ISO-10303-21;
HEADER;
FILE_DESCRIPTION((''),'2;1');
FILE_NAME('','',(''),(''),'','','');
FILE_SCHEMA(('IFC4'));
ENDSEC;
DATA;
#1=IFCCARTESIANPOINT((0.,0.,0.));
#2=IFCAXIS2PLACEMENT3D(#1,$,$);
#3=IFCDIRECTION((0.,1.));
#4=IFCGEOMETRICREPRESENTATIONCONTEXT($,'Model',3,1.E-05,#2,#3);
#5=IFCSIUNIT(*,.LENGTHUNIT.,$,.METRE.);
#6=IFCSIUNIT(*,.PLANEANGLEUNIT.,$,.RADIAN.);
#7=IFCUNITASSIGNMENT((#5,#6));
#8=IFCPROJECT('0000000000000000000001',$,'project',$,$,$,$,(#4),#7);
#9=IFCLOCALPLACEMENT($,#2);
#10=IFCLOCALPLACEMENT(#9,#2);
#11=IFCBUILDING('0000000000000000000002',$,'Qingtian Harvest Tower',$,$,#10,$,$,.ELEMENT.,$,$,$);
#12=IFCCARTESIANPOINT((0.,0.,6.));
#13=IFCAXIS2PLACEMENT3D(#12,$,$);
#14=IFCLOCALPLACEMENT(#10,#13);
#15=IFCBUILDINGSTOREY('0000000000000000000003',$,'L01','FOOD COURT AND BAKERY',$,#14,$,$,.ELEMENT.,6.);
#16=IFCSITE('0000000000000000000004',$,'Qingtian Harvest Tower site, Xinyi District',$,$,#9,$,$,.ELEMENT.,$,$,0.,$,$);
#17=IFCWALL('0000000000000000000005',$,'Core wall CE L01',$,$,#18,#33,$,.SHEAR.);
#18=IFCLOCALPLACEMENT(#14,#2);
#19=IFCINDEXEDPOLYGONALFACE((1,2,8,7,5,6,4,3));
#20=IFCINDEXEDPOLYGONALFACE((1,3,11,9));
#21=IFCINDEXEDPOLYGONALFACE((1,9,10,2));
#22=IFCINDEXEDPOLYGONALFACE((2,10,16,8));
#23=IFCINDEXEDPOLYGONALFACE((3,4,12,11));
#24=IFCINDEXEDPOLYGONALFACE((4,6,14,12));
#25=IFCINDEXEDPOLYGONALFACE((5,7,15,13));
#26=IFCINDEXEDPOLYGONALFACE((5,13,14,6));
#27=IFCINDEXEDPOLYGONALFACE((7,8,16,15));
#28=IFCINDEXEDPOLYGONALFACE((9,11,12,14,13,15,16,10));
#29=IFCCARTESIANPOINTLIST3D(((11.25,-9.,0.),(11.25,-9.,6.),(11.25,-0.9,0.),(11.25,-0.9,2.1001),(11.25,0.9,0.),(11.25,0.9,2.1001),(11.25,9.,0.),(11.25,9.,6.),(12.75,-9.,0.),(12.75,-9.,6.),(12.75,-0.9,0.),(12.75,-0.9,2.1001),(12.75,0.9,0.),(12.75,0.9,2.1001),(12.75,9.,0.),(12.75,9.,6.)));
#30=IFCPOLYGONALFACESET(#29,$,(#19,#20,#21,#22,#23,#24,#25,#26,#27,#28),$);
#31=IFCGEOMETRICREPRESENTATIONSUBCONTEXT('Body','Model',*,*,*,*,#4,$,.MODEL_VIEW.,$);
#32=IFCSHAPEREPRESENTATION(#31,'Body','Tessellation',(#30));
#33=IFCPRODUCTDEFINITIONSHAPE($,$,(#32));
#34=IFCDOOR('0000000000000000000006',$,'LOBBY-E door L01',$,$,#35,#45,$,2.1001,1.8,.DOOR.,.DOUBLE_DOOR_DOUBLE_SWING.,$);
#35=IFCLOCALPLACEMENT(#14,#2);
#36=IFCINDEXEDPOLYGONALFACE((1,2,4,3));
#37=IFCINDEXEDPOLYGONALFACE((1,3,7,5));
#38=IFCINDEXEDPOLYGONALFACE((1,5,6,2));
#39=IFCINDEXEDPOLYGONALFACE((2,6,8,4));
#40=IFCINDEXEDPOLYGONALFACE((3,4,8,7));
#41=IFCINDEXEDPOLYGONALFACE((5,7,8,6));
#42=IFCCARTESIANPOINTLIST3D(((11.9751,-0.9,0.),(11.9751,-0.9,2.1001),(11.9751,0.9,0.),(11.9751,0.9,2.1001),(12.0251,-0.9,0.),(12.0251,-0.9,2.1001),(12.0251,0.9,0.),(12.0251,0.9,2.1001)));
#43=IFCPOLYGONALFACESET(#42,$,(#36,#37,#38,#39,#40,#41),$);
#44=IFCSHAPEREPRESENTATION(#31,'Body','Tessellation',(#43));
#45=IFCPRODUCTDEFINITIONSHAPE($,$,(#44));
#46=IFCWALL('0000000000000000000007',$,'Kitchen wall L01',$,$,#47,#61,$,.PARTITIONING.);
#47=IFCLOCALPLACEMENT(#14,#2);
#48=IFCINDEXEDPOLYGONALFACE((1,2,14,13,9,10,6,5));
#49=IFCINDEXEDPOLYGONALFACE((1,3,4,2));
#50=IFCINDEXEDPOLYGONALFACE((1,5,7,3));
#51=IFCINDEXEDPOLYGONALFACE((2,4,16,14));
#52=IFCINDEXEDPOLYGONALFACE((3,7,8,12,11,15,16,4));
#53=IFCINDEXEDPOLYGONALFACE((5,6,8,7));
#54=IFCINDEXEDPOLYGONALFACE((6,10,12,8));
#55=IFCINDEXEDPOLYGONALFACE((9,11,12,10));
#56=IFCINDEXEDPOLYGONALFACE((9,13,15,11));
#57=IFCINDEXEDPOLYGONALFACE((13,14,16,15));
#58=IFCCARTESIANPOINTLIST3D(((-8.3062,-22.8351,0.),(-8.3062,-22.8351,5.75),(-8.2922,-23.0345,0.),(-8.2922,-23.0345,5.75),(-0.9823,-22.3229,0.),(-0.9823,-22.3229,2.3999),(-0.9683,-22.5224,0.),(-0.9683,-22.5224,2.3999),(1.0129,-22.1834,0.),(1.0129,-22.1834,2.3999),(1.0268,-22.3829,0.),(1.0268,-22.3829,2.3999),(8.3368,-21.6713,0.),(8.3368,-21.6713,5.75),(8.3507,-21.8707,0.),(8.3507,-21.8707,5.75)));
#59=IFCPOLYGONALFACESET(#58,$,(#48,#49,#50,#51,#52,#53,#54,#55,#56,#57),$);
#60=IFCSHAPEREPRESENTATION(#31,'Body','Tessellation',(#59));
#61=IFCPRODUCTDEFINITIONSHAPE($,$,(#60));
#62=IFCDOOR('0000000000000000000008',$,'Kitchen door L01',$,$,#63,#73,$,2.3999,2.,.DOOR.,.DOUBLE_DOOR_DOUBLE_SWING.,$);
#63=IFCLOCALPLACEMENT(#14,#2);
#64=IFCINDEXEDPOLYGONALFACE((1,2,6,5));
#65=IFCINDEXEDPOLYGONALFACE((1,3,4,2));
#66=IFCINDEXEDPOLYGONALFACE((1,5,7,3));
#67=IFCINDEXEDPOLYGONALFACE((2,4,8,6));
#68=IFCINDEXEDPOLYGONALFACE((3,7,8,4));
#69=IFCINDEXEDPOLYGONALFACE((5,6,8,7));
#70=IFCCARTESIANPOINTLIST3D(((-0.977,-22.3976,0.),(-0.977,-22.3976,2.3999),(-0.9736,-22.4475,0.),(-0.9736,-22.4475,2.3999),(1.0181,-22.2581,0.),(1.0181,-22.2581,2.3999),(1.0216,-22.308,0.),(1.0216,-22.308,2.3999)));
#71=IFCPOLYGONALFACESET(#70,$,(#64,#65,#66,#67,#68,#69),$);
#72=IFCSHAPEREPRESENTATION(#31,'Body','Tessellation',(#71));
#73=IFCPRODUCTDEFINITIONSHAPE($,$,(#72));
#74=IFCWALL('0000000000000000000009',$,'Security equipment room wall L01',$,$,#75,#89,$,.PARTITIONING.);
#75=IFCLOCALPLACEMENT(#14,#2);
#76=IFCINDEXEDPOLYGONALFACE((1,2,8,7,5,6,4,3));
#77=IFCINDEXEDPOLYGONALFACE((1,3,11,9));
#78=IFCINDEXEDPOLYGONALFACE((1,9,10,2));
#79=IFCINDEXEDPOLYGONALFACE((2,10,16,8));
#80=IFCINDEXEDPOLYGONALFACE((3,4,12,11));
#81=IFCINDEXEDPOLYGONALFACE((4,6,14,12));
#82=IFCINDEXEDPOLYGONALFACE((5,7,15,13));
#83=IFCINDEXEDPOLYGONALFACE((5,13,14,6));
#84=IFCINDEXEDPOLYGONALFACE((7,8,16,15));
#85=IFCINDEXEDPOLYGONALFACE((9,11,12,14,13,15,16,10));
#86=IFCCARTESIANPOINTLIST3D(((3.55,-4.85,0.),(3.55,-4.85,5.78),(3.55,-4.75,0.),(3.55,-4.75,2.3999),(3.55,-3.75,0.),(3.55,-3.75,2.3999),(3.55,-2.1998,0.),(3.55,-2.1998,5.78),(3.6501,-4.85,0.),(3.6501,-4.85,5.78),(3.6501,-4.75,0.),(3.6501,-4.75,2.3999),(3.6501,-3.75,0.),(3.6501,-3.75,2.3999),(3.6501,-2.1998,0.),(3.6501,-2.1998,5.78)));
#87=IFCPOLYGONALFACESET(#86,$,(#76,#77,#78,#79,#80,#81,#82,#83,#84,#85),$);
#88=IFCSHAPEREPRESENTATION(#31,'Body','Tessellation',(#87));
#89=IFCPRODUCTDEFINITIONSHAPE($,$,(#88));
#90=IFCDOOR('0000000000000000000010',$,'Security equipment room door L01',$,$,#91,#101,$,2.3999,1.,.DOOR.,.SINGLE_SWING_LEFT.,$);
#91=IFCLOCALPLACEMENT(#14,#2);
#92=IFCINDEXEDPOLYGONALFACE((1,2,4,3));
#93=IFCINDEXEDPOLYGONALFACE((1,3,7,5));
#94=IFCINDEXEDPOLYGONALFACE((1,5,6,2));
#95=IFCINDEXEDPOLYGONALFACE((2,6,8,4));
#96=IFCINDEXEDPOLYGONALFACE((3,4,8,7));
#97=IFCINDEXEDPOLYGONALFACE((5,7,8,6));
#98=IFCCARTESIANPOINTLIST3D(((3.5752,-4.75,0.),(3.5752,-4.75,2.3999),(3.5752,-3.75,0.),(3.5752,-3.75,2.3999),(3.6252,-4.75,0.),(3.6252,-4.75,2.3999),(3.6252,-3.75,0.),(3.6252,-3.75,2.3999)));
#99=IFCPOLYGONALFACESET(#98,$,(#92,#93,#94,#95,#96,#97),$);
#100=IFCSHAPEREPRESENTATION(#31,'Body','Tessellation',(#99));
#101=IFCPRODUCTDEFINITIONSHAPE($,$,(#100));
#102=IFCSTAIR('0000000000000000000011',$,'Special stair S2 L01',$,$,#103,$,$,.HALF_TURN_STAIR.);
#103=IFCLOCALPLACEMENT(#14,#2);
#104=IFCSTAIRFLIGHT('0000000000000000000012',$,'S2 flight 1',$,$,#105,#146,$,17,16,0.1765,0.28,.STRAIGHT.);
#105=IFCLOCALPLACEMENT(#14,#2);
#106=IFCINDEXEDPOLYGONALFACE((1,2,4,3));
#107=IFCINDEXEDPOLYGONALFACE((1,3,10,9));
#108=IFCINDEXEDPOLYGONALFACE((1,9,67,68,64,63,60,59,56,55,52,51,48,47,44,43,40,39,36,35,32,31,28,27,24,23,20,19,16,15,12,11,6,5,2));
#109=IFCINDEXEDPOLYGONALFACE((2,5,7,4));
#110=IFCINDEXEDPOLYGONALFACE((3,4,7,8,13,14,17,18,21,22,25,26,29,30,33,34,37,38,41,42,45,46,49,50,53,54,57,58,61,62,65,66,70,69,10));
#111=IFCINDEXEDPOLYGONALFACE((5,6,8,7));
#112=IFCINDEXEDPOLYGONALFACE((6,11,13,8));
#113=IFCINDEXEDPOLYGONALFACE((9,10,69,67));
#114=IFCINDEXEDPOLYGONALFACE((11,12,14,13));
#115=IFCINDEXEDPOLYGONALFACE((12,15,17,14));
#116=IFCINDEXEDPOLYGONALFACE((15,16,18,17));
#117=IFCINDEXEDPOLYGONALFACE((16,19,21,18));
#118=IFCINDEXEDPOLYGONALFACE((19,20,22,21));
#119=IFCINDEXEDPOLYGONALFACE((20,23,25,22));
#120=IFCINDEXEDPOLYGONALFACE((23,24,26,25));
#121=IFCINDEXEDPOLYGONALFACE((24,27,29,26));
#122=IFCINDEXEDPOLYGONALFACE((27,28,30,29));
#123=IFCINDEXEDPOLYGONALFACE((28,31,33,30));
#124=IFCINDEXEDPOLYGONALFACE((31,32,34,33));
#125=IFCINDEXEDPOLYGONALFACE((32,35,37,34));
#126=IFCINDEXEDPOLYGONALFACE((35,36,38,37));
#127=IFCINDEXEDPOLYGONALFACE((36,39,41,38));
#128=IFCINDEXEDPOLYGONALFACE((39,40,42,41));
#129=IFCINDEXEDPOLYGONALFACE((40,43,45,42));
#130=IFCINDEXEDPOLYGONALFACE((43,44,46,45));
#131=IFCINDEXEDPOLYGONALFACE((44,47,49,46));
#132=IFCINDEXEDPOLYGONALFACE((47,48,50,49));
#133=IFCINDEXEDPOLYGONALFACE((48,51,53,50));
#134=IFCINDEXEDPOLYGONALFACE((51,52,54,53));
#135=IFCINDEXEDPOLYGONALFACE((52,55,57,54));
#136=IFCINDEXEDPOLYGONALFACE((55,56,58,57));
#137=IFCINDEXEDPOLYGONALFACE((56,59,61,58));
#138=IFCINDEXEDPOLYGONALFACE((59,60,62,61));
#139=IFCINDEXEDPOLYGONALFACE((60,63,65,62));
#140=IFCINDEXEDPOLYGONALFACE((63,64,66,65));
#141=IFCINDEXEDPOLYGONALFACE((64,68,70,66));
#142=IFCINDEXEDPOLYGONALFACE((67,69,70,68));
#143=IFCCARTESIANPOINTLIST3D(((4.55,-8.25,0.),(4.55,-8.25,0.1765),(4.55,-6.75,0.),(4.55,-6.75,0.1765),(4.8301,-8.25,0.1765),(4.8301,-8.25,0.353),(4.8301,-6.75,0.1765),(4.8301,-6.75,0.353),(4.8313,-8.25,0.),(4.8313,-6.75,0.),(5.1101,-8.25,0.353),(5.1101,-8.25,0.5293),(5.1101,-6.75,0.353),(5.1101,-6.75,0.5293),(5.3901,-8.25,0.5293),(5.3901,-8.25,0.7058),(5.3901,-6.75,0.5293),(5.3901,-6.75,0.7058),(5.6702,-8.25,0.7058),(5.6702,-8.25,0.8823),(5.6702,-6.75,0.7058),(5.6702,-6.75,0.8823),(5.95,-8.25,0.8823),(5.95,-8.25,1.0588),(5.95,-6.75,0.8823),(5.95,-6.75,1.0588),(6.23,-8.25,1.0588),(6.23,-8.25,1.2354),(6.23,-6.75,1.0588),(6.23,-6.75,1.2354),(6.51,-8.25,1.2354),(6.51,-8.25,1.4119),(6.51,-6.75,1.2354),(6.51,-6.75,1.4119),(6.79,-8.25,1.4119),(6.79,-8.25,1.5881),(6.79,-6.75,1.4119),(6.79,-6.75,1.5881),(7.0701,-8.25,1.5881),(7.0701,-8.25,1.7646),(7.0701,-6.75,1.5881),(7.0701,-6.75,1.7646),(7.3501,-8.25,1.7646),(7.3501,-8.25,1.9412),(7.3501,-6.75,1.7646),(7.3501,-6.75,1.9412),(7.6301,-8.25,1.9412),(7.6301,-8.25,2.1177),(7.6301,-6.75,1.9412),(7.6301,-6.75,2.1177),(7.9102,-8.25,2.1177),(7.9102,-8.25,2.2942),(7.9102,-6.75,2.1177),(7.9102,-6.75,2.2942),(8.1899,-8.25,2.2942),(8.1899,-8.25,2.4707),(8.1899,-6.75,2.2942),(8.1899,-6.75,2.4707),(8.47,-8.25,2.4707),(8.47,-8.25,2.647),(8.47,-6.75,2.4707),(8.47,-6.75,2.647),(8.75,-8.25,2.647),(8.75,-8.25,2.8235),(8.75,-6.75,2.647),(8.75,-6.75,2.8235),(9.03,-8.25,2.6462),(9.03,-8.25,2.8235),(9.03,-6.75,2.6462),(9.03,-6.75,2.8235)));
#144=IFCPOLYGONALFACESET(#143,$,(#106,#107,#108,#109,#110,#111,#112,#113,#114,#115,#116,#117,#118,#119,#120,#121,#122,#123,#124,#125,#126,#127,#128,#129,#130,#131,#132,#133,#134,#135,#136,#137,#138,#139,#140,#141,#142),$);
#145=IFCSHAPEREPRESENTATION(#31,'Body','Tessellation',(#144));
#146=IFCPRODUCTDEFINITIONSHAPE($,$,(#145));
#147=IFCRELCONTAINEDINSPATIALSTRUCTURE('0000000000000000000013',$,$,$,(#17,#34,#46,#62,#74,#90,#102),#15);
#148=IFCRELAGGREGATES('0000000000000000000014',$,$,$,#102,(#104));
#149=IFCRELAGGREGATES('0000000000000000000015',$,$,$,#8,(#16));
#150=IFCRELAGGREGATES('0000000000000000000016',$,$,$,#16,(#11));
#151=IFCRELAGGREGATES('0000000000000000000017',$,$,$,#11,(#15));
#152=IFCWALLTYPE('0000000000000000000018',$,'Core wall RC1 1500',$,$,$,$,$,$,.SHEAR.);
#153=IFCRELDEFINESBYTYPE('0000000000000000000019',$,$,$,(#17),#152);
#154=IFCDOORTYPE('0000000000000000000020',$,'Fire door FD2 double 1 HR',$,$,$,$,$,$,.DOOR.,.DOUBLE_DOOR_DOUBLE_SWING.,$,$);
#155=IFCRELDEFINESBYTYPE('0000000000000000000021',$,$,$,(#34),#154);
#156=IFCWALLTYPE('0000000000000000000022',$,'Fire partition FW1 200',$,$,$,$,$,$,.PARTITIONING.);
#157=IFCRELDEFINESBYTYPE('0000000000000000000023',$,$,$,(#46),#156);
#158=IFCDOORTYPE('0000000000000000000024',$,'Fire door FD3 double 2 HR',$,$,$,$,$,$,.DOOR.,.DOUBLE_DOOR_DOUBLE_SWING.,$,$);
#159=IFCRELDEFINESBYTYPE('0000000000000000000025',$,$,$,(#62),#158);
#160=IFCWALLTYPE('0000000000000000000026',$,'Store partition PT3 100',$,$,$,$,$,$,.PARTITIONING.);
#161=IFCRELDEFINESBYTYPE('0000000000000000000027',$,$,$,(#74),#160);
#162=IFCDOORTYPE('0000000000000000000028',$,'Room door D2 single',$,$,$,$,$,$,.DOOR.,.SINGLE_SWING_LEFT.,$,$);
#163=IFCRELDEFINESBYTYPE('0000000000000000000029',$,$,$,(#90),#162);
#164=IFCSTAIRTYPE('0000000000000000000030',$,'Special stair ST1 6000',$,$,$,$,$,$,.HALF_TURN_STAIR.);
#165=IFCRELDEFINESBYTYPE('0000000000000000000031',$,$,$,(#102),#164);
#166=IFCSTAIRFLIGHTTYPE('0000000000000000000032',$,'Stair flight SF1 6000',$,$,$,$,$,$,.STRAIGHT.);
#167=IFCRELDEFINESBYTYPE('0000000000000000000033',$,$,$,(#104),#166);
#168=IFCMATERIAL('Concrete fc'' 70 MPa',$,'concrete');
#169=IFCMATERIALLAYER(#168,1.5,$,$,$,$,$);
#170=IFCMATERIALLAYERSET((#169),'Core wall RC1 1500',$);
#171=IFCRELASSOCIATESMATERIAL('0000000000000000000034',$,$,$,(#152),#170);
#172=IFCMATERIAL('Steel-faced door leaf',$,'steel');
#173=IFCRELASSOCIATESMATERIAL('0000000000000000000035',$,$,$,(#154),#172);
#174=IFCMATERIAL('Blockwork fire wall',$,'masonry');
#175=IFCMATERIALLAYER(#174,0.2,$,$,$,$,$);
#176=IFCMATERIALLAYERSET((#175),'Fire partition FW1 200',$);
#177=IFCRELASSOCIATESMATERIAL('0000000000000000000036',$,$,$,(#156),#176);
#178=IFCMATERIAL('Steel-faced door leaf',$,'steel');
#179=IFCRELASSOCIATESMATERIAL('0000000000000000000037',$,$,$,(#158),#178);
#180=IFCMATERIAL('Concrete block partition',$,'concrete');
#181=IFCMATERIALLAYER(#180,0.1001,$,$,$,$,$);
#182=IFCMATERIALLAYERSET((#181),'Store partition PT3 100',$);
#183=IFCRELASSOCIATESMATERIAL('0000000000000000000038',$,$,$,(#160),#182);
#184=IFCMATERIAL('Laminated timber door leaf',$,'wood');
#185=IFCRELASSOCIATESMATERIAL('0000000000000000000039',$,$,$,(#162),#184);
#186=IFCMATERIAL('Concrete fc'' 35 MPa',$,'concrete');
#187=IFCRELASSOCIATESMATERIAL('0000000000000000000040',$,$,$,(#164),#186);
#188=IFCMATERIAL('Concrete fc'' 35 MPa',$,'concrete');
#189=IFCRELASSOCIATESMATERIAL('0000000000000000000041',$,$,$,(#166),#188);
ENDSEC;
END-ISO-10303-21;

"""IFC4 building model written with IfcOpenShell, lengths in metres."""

from ifc_helpers import new_model, si_unit, direction, frame, frame_2d, origin, place, context, subcontext, project, spatial, polyline, rectangle, outline, extrude, material, layer, layer_set, type_object, element, fill, aggregate, save


model = new_model("IFC4")

# Units and contexts
model_context = context("Model", 3, precision=1e-05, world=origin(), true_north=direction((0.0, 1.0)))
body_context = subcontext(model_context, "Body", "Model", "MODEL_VIEW")
ifc_project = project(units=[si_unit("LENGTHUNIT", "METRE"), si_unit("PLANEANGLEUNIT", "RADIAN")], contexts=[model_context])

# Site, building, storey
site_placement = place(None, origin())
site = spatial("IfcSite", under=ifc_project, at=site_placement, Name="Qingtian Harvest Tower site, Xinyi District", CompositionType="ELEMENT", RefElevation=0.0)
building_placement = place(site_placement, origin())
building = spatial("IfcBuilding", under=site, at=building_placement, Name="Qingtian Harvest Tower", CompositionType="ELEMENT")
storey_placement = place(building_placement, frame((0.0, 0.0, 6.0)))
storey = spatial("IfcBuildingStorey", under=building, at=storey_placement, Name="L01", Description="FOOD COURT AND BAKERY", CompositionType="ELEMENT", Elevation=6.0)

# Walls, openings, doors
ifc_material_1 = material(Name="Concrete fc' 70 MPa", Category="concrete")
ifc_layer_1 = layer(ifc_material_1, 1.5)
ifc_layer_set_1 = layer_set([ifc_layer_1], Name="Core wall RC1 1500")
wall_type_1 = type_object("IfcWallType", Name="Core wall RC1 1500", PredefinedType="SHEAR", material=ifc_layer_set_1)
wall_1_placement = place(storey_placement, frame((12.0, -9.0, 0.0), z_axis=(0.0, 0.0, 1.0), x_axis=(0.0, 1.0, 0.0)))
wall_1 = element("IfcWall", 1, at=wall_1_placement, inside=storey, type_object=wall_type_1, Name="Core wall CE L01", PredefinedType="SHEAR", context=body_context, shape_type="SweptSolid", body=[
    extrude(rectangle(XDim=18.0, YDim=1.5, at=frame_2d((9.0, 0.0))), origin(), (0.0, 0.0, 1.0), 6.0),
])
opening_1_placement = place(wall_1_placement, frame((8.1001, 0.0, 0.0)))
opening_1 = element("IfcOpeningElement", 2, at=opening_1_placement, cuts=wall_1, PredefinedType="OPENING", context=body_context, shape_type="SweptSolid", body=[
    extrude(rectangle(XDim=1.8, YDim=2.1001, at=frame_2d((0.8999, 1.05))), frame((0.0, 0.76, 0.0), z_axis=(0.0, -1.0, 0.0), x_axis=(1.0, 0.0, 0.0)), (0.0, 0.0, 1.0), 1.52),
])
ifc_material_2 = material(Name="Steel-faced door leaf", Category="steel")
door_type_1 = type_object("IfcDoorType", Name="Fire door FD2 double 1 HR", OperationType="DOUBLE_DOOR_DOUBLE_SWING", PredefinedType="DOOR", material=ifc_material_2)
door_1_placement = place(opening_1_placement, origin())
door_1 = element("IfcDoor", 3, at=door_1_placement, inside=storey, type_object=door_type_1, Name="LOBBY-E door L01", OperationType="DOUBLE_DOOR_DOUBLE_SWING", OverallHeight=2.1001, OverallWidth=1.8, PredefinedType="DOOR", context=body_context, shape_type="SweptSolid", body=[
    extrude(rectangle(XDim=1.8, YDim=2.1001, at=frame_2d((0.8999, 1.05))), frame((0.0, 0.0249, 0.0), z_axis=(0.0, -1.0, 0.0), x_axis=(1.0, 0.0, 0.0)), (0.0, 0.0, 1.0), 0.05),
])
fill(opening_1, door_1)
ifc_material_3 = material(Name="Blockwork fire wall", Category="masonry")
ifc_layer_2 = layer(ifc_material_3, 0.2)
ifc_layer_set_2 = layer_set([ifc_layer_2], Name="Fire partition FW1 200")
wall_type_2 = type_object("IfcWallType", Name="Fire partition FW1 200", PredefinedType="PARTITIONING", material=ifc_layer_set_2)
wall_2_placement = place(storey_placement, frame((8.3438, -21.771, 0.0), z_axis=(0.0, 0.0, 1.0), x_axis=(-0.997564, -0.069758, 0.0)))
wall_2 = element("IfcWall", 4, at=wall_2_placement, inside=storey, type_object=wall_type_2, Name="Kitchen wall L01", PredefinedType="PARTITIONING", context=body_context, shape_type="SweptSolid", body=[
    extrude(rectangle(XDim=16.6836, YDim=0.2, at=frame_2d((8.3418, 0.0))), origin(), (0.0, 0.0, 1.0), 5.75),
])
opening_2_placement = place(wall_2_placement, frame((7.3418, 0.0, 0.0)))
opening_2 = element("IfcOpeningElement", 5, at=opening_2_placement, cuts=wall_2, PredefinedType="OPENING", context=body_context, shape_type="SweptSolid", body=[
    extrude(rectangle(XDim=2.0, YDim=2.3999, at=frame_2d((1.0, 1.2))), frame((0.0, 0.1099, 0.0), z_axis=(0.0, -1.0, 0.0), x_axis=(1.0, 0.0, 0.0)), (0.0, 0.0, 1.0), 0.22),
])
ifc_material_4 = material(Name="Steel-faced door leaf", Category="steel")
door_type_2 = type_object("IfcDoorType", Name="Fire door FD3 double 2 HR", OperationType="DOUBLE_DOOR_DOUBLE_SWING", PredefinedType="DOOR", material=ifc_material_4)
door_2_placement = place(opening_2_placement, origin())
door_2 = element("IfcDoor", 6, at=door_2_placement, inside=storey, type_object=door_type_2, Name="Kitchen door L01", OperationType="DOUBLE_DOOR_DOUBLE_SWING", OverallHeight=2.3999, OverallWidth=2.0, PredefinedType="DOOR", context=body_context, shape_type="SweptSolid", body=[
    extrude(rectangle(XDim=2.0, YDim=2.3999, at=frame_2d((1.0, 1.2))), frame((0.0, 0.0249, 0.0), z_axis=(0.0, -1.0, 0.0), x_axis=(1.0, 0.0, 0.0)), (0.0, 0.0, 1.0), 0.05),
])
fill(opening_2, door_2)
ifc_material_5 = material(Name="Concrete block partition", Category="concrete")
ifc_layer_3 = layer(ifc_material_5, 0.1001)
ifc_layer_set_3 = layer_set([ifc_layer_3], Name="Store partition PT3 100")
wall_type_3 = type_object("IfcWallType", Name="Store partition PT3 100", PredefinedType="PARTITIONING", material=ifc_layer_set_3)
wall_3_placement = place(storey_placement, frame((3.6001, -4.8501, 0.0), z_axis=(0.0, 0.0, 1.0), x_axis=(0.0, 1.0, 0.0)))
wall_3 = element("IfcWall", 7, at=wall_3_placement, inside=storey, type_object=wall_type_3, Name="Security equipment room wall L01", PredefinedType="PARTITIONING", context=body_context, shape_type="SweptSolid", body=[
    extrude(rectangle(XDim=2.6501, YDim=0.1001, at=frame_2d((1.3252, 0.0))), origin(), (0.0, 0.0, 1.0), 5.78),
])
opening_3_placement = place(wall_3_placement, frame((0.1001, 0.0, 0.0)))
opening_3 = element("IfcOpeningElement", 8, at=opening_3_placement, cuts=wall_3, PredefinedType="OPENING", context=body_context, shape_type="SweptSolid", body=[
    extrude(rectangle(XDim=1.0, YDim=2.3999, at=frame_2d((0.5, 1.2))), frame((0.0, 0.0601, 0.0), z_axis=(0.0, -1.0, 0.0), x_axis=(1.0, 0.0, 0.0)), (0.0, 0.0, 1.0), 0.1201),
])
ifc_material_6 = material(Name="Laminated timber door leaf", Category="wood")
door_type_3 = type_object("IfcDoorType", Name="Room door D2 single", OperationType="SINGLE_SWING_LEFT", PredefinedType="DOOR", material=ifc_material_6)
door_3_placement = place(opening_3_placement, origin())
door_3 = element("IfcDoor", 9, at=door_3_placement, inside=storey, type_object=door_type_3, Name="Security equipment room door L01", OperationType="SINGLE_SWING_LEFT", OverallHeight=2.3999, OverallWidth=1.0, PredefinedType="DOOR", context=body_context, shape_type="SweptSolid", body=[
    extrude(rectangle(XDim=1.0, YDim=2.3999, at=frame_2d((0.5, 1.2))), frame((0.0, 0.0249, 0.0), z_axis=(0.0, -1.0, 0.0), x_axis=(1.0, 0.0, 0.0)), (0.0, 0.0, 1.0), 0.05),
])
fill(opening_3, door_3)

# Stair, stair flight
ifc_material_7 = material(Name="Concrete fc' 35 MPa", Category="concrete")
stair_type = type_object("IfcStairType", Name="Special stair ST1 6000", PredefinedType="HALF_TURN_STAIR", material=ifc_material_7)
stair_placement = place(storey_placement, origin())
stair = element("IfcStair", 10, at=stair_placement, inside=storey, type_object=stair_type, Name="Special stair S2 L01", PredefinedType="HALF_TURN_STAIR")
ifc_material_8 = material(Name="Concrete fc' 35 MPa", Category="concrete")
stair_flight_type = type_object("IfcStairFlightType", Name="Stair flight SF1 6000", PredefinedType="STRAIGHT", material=ifc_material_8)
stair_flight_1_placement = place(storey_placement, frame((4.55, -7.5, 0.0), z_axis=(0.0, 0.0, 1.0), x_axis=(1.0, 0.0, 0.0)))
stair_flight_1 = element("IfcStairFlight", 11, at=stair_flight_1_placement, type_object=stair_flight_type, Name="S2 flight 1", NumberOfRisers=17, NumberOfTreads=16, PredefinedType="STRAIGHT", RiserHeight=0.1765, TreadLength=0.28, context=body_context, shape_type="SweptSolid", body=[
    extrude(outline(polyline([(0.0, 0.0), (0.0, 0.1765), (0.28, 0.1765), (0.28, 0.353), (0.5601, 0.353), (0.5601, 0.5293), (0.8401, 0.5293), (0.8401, 0.7058), (1.1201, 0.7058), (1.1201, 0.8823), (1.3999, 0.8823), (1.3999, 1.0588), (1.6799, 1.0588), (1.6799, 1.2354), (1.96, 1.2354), (1.96, 1.4119), (2.24, 1.4119), (2.24, 1.5881), (2.52, 1.5881), (2.52, 1.7646), (2.8, 1.7646), (2.8, 1.9412), (3.0801, 1.9412), (3.0801, 2.1177), (3.3601, 2.1177), (3.3601, 2.2942), (3.6399, 2.2942), (3.6399, 2.4707), (3.9199, 2.4707), (3.9199, 2.647), (4.2, 2.647), (4.2, 2.8235), (4.48, 2.8235), (4.48, 3.0), (4.48, 2.6462), (0.2812, 0.0), (0.0, 0.0)])), frame((0.0, 0.75, 0.0), z_axis=(0.0, -1.0, 0.0), x_axis=(1.0, 0.0, 0.0)), (0.0, 0.0, 1.0), 1.5),
])
aggregate(stair, [stair_flight_1])

save(model, "model.ifc")
